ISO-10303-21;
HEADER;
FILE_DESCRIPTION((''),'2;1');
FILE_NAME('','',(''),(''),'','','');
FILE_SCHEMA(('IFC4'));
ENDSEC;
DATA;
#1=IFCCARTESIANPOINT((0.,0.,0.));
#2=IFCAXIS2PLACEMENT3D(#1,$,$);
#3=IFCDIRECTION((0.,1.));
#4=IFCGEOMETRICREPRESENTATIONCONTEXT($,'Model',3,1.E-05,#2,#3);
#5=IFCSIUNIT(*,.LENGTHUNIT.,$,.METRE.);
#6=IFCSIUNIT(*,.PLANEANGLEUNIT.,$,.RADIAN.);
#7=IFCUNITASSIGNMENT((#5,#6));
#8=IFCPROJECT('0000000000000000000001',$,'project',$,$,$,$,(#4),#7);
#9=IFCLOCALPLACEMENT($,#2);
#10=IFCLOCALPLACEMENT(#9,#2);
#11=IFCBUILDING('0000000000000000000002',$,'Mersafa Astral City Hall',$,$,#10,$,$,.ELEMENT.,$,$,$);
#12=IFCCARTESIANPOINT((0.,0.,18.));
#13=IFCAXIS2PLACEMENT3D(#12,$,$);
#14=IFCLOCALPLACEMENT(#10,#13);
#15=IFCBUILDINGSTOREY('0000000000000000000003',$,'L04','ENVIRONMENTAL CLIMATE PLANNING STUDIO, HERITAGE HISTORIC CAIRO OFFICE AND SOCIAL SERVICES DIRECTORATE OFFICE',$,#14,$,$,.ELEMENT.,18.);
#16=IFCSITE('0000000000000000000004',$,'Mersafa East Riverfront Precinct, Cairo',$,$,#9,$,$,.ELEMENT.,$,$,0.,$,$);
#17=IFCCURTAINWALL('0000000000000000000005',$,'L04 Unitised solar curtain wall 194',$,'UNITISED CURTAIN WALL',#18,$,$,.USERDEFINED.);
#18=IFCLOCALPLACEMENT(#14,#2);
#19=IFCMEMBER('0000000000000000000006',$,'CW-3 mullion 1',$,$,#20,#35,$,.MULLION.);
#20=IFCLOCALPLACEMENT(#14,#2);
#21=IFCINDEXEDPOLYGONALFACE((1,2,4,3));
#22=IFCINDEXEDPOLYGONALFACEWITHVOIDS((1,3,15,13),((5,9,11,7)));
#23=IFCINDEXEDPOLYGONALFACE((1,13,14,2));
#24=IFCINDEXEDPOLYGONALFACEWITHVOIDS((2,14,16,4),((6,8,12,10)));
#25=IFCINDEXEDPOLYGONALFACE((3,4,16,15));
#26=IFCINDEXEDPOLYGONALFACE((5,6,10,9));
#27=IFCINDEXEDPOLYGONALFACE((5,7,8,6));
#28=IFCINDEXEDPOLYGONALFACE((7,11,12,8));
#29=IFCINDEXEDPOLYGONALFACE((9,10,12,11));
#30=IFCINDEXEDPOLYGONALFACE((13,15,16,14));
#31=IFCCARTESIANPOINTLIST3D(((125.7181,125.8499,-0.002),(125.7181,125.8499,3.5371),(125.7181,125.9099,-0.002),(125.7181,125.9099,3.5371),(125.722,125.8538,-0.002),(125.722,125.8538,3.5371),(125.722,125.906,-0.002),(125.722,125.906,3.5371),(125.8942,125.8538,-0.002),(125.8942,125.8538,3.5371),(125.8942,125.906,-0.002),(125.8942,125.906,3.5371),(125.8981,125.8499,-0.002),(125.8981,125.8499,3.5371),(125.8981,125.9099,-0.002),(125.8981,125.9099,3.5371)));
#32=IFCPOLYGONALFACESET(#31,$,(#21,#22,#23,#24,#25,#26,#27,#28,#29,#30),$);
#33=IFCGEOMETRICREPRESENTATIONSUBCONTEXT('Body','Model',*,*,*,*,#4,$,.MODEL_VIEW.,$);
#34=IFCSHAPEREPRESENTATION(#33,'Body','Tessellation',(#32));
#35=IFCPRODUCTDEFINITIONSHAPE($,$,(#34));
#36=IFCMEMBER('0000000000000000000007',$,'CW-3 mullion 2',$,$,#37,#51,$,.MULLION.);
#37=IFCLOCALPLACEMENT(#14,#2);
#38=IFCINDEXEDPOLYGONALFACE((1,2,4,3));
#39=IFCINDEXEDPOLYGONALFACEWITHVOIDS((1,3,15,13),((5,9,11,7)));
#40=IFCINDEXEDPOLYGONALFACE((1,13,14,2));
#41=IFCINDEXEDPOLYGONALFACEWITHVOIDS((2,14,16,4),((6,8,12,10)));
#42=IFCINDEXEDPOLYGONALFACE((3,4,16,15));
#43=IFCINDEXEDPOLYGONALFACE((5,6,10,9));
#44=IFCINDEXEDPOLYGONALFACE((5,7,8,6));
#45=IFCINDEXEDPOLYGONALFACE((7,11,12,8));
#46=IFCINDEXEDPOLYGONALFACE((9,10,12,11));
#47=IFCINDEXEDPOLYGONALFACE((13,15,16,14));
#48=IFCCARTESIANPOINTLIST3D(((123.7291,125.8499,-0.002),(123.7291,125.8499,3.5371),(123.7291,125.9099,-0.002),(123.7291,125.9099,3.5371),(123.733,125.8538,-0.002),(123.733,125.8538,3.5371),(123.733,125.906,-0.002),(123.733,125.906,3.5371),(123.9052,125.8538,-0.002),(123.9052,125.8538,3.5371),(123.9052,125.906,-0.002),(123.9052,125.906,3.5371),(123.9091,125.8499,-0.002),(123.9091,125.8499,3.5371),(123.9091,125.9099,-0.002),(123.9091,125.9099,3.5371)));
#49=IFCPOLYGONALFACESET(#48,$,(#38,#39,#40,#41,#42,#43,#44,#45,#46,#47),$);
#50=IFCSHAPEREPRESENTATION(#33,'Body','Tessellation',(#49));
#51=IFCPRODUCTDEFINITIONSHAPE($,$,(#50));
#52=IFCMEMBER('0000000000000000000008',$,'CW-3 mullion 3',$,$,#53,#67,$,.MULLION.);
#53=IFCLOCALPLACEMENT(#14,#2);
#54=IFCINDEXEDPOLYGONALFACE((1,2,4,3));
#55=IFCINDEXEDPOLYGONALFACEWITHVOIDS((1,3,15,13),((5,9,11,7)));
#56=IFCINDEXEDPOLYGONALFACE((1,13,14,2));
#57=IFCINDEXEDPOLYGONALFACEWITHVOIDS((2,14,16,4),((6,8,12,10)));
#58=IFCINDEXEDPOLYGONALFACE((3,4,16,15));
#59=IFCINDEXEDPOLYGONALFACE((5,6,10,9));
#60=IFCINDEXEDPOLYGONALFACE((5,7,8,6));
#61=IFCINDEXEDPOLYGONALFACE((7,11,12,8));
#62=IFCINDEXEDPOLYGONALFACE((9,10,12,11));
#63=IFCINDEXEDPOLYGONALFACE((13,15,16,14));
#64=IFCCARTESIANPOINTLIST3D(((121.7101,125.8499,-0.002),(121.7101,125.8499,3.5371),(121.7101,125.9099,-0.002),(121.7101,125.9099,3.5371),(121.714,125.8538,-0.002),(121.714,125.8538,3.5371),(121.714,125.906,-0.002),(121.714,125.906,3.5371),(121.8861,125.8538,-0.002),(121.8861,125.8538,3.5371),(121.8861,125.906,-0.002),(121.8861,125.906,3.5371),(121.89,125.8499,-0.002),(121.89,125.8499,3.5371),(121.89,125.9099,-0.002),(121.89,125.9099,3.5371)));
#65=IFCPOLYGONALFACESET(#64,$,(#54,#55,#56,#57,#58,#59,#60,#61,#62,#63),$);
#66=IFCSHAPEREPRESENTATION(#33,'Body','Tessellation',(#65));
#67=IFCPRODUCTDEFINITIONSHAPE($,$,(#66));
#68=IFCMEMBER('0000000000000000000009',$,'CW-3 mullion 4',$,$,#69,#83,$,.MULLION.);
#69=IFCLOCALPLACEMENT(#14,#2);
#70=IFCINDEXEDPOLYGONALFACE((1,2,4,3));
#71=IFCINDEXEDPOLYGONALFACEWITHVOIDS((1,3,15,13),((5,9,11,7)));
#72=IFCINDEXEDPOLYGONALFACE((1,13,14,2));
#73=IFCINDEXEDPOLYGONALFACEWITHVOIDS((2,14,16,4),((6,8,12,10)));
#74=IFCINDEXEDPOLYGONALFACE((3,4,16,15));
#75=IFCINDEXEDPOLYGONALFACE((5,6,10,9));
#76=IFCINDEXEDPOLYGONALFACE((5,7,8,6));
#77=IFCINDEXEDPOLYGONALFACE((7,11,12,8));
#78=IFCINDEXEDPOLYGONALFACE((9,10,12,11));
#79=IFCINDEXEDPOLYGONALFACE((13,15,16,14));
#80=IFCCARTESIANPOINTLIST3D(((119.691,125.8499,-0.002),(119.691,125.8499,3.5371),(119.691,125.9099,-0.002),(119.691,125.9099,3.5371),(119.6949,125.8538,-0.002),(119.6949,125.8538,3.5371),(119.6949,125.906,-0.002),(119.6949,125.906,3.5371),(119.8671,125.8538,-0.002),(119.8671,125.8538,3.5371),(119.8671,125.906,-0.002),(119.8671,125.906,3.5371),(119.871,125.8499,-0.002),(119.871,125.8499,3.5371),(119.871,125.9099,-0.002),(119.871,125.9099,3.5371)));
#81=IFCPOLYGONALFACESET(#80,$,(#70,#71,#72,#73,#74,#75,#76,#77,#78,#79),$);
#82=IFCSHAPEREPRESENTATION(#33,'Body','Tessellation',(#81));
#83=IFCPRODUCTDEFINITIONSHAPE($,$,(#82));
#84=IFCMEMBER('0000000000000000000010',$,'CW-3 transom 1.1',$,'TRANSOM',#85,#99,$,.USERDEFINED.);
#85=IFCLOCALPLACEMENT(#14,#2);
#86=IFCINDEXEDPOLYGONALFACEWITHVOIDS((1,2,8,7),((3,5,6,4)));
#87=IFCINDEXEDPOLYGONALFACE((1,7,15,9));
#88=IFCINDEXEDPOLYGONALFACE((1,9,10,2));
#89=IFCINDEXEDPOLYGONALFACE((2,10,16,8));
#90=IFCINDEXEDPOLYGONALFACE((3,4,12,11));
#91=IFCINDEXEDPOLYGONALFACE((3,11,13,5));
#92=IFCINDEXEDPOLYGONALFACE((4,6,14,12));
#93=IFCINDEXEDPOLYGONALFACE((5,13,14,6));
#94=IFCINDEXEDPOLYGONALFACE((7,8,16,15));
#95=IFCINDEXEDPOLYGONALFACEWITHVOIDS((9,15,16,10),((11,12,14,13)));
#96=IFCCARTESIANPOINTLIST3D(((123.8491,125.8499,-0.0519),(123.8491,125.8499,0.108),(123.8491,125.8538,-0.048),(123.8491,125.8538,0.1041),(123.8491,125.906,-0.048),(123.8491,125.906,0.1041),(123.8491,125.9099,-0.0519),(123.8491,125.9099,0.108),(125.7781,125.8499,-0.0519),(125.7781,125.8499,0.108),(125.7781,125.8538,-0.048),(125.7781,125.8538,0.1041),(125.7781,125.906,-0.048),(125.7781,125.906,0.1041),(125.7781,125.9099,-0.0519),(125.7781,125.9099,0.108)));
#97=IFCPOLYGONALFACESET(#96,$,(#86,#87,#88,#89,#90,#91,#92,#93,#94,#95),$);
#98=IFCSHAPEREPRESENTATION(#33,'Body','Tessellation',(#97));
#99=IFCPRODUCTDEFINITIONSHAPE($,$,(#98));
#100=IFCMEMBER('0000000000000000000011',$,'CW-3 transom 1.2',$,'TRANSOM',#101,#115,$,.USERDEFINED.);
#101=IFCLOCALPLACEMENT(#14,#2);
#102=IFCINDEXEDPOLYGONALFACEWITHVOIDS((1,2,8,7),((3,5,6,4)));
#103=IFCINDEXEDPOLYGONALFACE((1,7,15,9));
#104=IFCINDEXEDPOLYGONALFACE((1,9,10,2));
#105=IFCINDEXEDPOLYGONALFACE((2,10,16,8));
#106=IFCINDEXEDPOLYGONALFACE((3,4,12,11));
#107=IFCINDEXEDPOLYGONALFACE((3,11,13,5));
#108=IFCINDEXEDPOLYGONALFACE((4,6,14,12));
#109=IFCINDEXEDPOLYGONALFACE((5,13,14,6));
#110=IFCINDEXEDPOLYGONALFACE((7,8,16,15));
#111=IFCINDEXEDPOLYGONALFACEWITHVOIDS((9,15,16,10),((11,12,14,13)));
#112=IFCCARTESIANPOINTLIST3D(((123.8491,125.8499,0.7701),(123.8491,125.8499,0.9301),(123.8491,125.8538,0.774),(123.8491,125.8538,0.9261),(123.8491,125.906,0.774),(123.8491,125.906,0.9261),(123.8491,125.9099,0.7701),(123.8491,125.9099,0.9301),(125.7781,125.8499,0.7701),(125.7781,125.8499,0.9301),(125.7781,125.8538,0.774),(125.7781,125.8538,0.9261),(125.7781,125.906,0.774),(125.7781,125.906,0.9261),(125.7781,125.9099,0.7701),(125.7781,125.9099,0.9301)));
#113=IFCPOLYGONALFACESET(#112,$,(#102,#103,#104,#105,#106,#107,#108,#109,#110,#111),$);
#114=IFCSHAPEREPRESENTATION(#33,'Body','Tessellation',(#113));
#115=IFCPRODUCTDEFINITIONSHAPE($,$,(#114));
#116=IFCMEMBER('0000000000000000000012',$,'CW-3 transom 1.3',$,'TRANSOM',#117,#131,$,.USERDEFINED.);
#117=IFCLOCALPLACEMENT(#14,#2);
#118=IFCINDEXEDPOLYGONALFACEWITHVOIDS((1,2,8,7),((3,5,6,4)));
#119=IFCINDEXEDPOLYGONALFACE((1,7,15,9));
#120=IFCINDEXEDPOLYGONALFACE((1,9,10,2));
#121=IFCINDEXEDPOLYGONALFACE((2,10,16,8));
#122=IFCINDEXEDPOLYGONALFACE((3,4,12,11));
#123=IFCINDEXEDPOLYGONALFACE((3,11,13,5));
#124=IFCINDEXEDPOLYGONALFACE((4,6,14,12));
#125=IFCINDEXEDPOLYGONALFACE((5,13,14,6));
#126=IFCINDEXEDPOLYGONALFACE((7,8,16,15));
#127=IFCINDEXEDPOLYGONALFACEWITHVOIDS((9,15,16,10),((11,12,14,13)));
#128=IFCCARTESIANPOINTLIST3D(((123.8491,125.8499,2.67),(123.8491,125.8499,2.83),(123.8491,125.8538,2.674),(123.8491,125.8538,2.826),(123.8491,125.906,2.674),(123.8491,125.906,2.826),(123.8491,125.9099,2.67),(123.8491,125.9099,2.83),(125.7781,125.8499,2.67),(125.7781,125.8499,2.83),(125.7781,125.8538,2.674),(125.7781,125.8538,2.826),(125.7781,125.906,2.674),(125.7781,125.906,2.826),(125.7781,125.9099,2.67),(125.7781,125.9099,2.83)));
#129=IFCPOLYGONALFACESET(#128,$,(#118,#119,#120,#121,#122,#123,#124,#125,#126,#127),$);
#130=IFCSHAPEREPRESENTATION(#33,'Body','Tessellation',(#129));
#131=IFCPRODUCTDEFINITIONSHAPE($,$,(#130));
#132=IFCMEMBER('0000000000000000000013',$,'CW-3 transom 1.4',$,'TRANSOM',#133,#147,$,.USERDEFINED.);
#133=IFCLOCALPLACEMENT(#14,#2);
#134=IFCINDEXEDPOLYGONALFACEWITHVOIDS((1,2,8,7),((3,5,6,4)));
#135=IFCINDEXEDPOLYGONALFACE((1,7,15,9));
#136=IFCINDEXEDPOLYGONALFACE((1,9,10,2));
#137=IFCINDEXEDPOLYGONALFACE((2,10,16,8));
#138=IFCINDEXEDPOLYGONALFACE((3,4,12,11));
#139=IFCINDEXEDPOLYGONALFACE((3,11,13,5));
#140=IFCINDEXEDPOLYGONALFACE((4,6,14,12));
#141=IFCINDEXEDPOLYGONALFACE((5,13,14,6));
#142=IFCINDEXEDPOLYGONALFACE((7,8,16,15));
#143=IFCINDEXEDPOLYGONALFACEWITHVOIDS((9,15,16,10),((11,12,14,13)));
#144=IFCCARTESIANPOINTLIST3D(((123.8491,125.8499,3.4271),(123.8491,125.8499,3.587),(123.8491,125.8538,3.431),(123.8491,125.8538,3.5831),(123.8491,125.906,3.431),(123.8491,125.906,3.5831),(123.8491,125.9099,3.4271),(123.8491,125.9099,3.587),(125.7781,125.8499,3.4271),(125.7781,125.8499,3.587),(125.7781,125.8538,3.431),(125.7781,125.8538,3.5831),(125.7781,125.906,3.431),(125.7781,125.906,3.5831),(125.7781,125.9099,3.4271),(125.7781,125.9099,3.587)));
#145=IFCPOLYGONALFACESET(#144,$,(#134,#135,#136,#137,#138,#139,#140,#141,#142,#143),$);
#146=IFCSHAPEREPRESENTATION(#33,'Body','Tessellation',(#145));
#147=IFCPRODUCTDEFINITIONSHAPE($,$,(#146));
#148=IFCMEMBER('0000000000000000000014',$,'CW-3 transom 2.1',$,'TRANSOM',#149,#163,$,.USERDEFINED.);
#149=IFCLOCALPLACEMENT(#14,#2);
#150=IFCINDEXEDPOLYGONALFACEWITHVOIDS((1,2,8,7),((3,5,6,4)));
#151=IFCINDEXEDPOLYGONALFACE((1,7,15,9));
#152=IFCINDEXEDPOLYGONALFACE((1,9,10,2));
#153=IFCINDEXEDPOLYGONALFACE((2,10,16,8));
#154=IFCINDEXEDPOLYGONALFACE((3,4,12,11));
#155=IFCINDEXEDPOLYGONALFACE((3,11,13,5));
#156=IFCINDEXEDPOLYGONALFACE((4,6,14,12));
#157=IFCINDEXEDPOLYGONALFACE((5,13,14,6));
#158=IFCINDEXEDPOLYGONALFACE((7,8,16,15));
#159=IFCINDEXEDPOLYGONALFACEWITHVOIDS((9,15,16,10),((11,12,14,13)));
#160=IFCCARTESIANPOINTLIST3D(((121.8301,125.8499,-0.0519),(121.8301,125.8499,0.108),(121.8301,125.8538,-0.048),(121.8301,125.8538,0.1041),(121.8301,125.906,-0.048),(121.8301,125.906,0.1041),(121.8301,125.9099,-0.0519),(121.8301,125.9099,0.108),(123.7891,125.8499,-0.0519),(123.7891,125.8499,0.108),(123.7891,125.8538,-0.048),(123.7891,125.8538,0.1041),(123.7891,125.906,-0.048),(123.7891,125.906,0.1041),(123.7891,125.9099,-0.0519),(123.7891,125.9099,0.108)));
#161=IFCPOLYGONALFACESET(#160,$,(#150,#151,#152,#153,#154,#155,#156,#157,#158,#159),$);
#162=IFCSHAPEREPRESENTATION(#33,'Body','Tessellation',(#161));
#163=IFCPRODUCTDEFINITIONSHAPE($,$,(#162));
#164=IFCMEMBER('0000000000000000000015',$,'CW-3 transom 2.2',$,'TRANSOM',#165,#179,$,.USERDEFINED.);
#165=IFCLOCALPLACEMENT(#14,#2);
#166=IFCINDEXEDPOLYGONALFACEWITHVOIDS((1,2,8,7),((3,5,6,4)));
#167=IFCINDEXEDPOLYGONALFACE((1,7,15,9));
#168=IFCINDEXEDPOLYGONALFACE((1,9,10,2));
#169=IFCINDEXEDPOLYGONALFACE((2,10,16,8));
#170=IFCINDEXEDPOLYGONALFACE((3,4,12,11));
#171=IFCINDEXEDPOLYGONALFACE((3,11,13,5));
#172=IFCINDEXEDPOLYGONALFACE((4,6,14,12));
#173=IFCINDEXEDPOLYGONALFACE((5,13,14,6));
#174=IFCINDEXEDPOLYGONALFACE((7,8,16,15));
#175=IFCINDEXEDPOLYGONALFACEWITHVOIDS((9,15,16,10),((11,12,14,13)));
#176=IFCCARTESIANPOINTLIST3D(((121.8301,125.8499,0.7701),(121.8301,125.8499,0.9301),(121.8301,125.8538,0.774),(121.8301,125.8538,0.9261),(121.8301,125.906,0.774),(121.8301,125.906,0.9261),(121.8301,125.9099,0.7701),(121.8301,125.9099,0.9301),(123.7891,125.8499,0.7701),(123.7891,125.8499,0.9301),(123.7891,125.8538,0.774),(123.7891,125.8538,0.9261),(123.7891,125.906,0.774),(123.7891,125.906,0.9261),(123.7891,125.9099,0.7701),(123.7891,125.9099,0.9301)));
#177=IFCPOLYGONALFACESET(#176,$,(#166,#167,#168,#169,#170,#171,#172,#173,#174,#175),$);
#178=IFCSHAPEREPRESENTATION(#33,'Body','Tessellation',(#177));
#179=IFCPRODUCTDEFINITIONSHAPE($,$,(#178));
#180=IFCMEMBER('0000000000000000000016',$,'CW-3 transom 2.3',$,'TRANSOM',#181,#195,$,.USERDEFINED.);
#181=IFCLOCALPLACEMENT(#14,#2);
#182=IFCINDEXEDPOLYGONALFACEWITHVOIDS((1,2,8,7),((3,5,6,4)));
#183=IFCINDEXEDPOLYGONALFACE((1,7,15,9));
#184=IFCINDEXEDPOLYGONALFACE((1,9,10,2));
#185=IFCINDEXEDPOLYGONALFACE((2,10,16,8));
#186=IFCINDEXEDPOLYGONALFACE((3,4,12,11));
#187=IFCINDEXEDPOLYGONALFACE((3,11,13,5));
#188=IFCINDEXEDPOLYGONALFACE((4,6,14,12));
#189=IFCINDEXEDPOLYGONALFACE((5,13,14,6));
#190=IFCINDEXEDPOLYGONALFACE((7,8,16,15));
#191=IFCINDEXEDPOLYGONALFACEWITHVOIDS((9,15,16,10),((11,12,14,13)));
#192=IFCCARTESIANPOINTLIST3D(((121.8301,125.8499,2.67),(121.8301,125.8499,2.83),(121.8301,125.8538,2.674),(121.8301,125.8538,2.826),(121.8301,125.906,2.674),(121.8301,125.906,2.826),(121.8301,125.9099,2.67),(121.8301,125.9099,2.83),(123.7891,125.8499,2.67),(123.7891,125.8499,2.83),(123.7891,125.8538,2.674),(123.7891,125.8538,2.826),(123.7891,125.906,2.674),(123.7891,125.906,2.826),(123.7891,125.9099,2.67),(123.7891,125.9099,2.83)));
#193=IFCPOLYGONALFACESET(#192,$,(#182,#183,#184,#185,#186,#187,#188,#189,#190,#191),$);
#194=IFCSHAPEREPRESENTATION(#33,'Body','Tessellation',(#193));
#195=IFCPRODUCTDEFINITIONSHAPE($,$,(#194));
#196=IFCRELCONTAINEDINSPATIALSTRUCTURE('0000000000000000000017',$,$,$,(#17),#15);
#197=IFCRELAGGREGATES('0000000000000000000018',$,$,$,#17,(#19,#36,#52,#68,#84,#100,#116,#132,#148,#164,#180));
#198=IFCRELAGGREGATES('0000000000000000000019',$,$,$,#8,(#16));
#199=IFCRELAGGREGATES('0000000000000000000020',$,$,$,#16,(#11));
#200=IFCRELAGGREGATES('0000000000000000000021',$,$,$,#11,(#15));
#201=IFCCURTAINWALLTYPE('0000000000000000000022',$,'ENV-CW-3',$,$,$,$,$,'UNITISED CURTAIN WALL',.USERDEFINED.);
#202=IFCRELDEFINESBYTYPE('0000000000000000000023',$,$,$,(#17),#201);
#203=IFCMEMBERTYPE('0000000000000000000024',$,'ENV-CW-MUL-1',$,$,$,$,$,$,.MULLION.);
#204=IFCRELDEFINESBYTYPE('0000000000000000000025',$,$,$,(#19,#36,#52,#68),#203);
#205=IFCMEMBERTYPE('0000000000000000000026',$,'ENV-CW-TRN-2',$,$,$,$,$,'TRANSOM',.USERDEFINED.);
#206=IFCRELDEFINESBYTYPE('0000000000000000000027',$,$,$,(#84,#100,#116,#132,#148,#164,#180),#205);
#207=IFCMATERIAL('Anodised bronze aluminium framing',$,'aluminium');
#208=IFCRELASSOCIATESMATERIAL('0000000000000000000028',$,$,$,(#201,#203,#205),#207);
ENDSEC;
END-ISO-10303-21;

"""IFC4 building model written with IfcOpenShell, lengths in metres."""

from ifc_helpers import new_model, si_unit, direction, frame, origin, origin_2d, place, context, subcontext, project, spatial, hollow_rectangle, extrude, material, material_profile, profile_set, type_object, element, aggregate, save


model = new_model("IFC4")

# Units and contexts
model_context = context("Model", 3, precision=1e-05, world=origin(), true_north=direction((0.0, 1.0)))
body_context = subcontext(model_context, "Body", "Model", "MODEL_VIEW")
ifc_project = project(units=[si_unit("LENGTHUNIT", "METRE"), si_unit("PLANEANGLEUNIT", "RADIAN")], contexts=[model_context])

# Site, building, storey
site_placement = place(None, origin())
site = spatial("IfcSite", under=ifc_project, at=site_placement, Name="Mersafa East Riverfront Precinct, Cairo", CompositionType="ELEMENT", RefElevation=0.0)
building_placement = place(site_placement, origin())
building = spatial("IfcBuilding", under=site, at=building_placement, Name="Mersafa Astral City Hall", CompositionType="ELEMENT")
storey_placement = place(building_placement, frame((0.0, 0.0, 18.0)))
storey = spatial("IfcBuildingStorey", under=building, at=storey_placement, Name="L04", Description="ENVIRONMENTAL CLIMATE PLANNING STUDIO, HERITAGE HISTORIC CAIRO OFFICE AND SOCIAL SERVICES DIRECTORATE OFFICE", CompositionType="ELEMENT", Elevation=18.0)

# Curtain wall, members
ifc_material_1 = material(Name="Anodised bronze aluminium framing", Category="aluminium")
curtain_wall_type = type_object("IfcCurtainWallType", Name="ENV-CW-3", ElementType="UNITISED CURTAIN WALL", PredefinedType="USERDEFINED", material=ifc_material_1)
curtain_wall_placement = place(storey_placement, origin())
curtain_wall = element("IfcCurtainWall", 1, at=curtain_wall_placement, inside=storey, type_object=curtain_wall_type, Name="L04 Unitised solar curtain wall 194", ObjectType="UNITISED CURTAIN WALL", PredefinedType="USERDEFINED")
ifc_material_profile_1 = material_profile(ifc_material_1, hollow_rectangle(XDim=0.0601, YDim=0.1799, WallThickness=0.0039, at=origin_2d()), Name="RHS 60x180x4")
ifc_profile_set_1 = profile_set([ifc_material_profile_1], Name="Anodised bronze aluminium framing")
member_type_1 = type_object("IfcMemberType", Name="ENV-CW-MUL-1", PredefinedType="MULLION", material=ifc_profile_set_1)
member_1_placement = place(storey_placement, frame((125.8081, 125.8799, -0.002), z_axis=(0.0, 0.0, 1.0), x_axis=(0.0, -1.0, 0.0)))
member_1 = element("IfcMember", 2, at=member_1_placement, type_object=member_type_1, Name="CW-3 mullion 1", PredefinedType="MULLION", context=body_context, shape_type="SweptSolid", body=[
    extrude(hollow_rectangle(XDim=0.0601, YDim=0.1799, WallThickness=0.0039, at=origin_2d()), origin(), (0.0, 0.0, 1.0), 3.5391),
])
member_2_placement = place(storey_placement, frame((123.8191, 125.8799, -0.002), z_axis=(0.0, 0.0, 1.0), x_axis=(0.0, -1.0, 0.0)))
member_2 = element("IfcMember", 3, at=member_2_placement, type_object=member_type_1, Name="CW-3 mullion 2", PredefinedType="MULLION", context=body_context, shape_type="SweptSolid", body=[
    extrude(hollow_rectangle(XDim=0.0601, YDim=0.1799, WallThickness=0.0039, at=origin_2d()), origin(), (0.0, 0.0, 1.0), 3.5391),
])
member_3_placement = place(storey_placement, frame((121.8, 125.8799, -0.002), z_axis=(0.0, 0.0, 1.0), x_axis=(0.0, -1.0, 0.0)))
member_3 = element("IfcMember", 4, at=member_3_placement, type_object=member_type_1, Name="CW-3 mullion 3", PredefinedType="MULLION", context=body_context, shape_type="SweptSolid", body=[
    extrude(hollow_rectangle(XDim=0.0601, YDim=0.1799, WallThickness=0.0039, at=origin_2d()), origin(), (0.0, 0.0, 1.0), 3.5391),
])
member_4_placement = place(storey_placement, frame((119.781, 125.8799, -0.002), z_axis=(0.0, 0.0, 1.0), x_axis=(0.0, -1.0, 0.0)))
member_4 = element("IfcMember", 5, at=member_4_placement, type_object=member_type_1, Name="CW-3 mullion 4", PredefinedType="MULLION", context=body_context, shape_type="SweptSolid", body=[
    extrude(hollow_rectangle(XDim=0.0601, YDim=0.1799, WallThickness=0.0039, at=origin_2d()), origin(), (0.0, 0.0, 1.0), 3.5391),
])
ifc_material_profile_2 = material_profile(ifc_material_1, hollow_rectangle(XDim=0.0601, YDim=0.1599, WallThickness=0.0039, at=origin_2d()), Name="RHS 60x160x4")
ifc_profile_set_2 = profile_set([ifc_material_profile_2], Name="Anodised bronze aluminium framing")
member_type_2 = type_object("IfcMemberType", Name="ENV-CW-TRN-2", ElementType="TRANSOM", PredefinedType="USERDEFINED", material=ifc_profile_set_2)
member_5_placement = place(storey_placement, frame((125.7781, 125.8799, 0.0281), z_axis=(-1.0, 0.0, 0.0), x_axis=(0.0, -1.0, 0.0)))
member_5 = element("IfcMember", 6, at=member_5_placement, type_object=member_type_2, Name="CW-3 transom 1.1", ObjectType="TRANSOM", PredefinedType="USERDEFINED", context=body_context, shape_type="SweptSolid", body=[
    extrude(hollow_rectangle(XDim=0.0601, YDim=0.1599, WallThickness=0.0039, at=origin_2d()), origin(), (0.0, 0.0, 1.0), 1.929),
])
member_6_placement = place(storey_placement, frame((125.7781, 125.8799, 0.8501), z_axis=(-1.0, 0.0, 0.0), x_axis=(0.0, -1.0, 0.0)))
member_6 = element("IfcMember", 7, at=member_6_placement, type_object=member_type_2, Name="CW-3 transom 1.2", ObjectType="TRANSOM", PredefinedType="USERDEFINED", context=body_context, shape_type="SweptSolid", body=[
    extrude(hollow_rectangle(XDim=0.0601, YDim=0.1599, WallThickness=0.0039, at=origin_2d()), origin(), (0.0, 0.0, 1.0), 1.929),
])
member_7_placement = place(storey_placement, frame((125.7781, 125.8799, 2.75), z_axis=(-1.0, 0.0, 0.0), x_axis=(0.0, -1.0, 0.0)))
member_7 = element("IfcMember", 8, at=member_7_placement, type_object=member_type_2, Name="CW-3 transom 1.3", ObjectType="TRANSOM", PredefinedType="USERDEFINED", context=body_context, shape_type="SweptSolid", body=[
    extrude(hollow_rectangle(XDim=0.0601, YDim=0.1599, WallThickness=0.0039, at=origin_2d()), origin(), (0.0, 0.0, 1.0), 1.929),
])
member_8_placement = place(storey_placement, frame((125.7781, 125.8799, 3.5071), z_axis=(-1.0, 0.0, 0.0), x_axis=(0.0, -1.0, 0.0)))
member_8 = element("IfcMember", 9, at=member_8_placement, type_object=member_type_2, Name="CW-3 transom 1.4", ObjectType="TRANSOM", PredefinedType="USERDEFINED", context=body_context, shape_type="SweptSolid", body=[
    extrude(hollow_rectangle(XDim=0.0601, YDim=0.1599, WallThickness=0.0039, at=origin_2d()), origin(), (0.0, 0.0, 1.0), 1.929),
])
member_9_placement = place(storey_placement, frame((123.7891, 125.8799, 0.0281), z_axis=(-1.0, 0.0, 0.0), x_axis=(0.0, -1.0, 0.0)))
member_9 = element("IfcMember", 10, at=member_9_placement, type_object=member_type_2, Name="CW-3 transom 2.1", ObjectType="TRANSOM", PredefinedType="USERDEFINED", context=body_context, shape_type="SweptSolid", body=[
    extrude(hollow_rectangle(XDim=0.0601, YDim=0.1599, WallThickness=0.0039, at=origin_2d()), origin(), (0.0, 0.0, 1.0), 1.959),
])
member_10_placement = place(storey_placement, frame((123.7891, 125.8799, 0.8501), z_axis=(-1.0, 0.0, 0.0), x_axis=(0.0, -1.0, 0.0)))
member_10 = element("IfcMember", 11, at=member_10_placement, type_object=member_type_2, Name="CW-3 transom 2.2", ObjectType="TRANSOM", PredefinedType="USERDEFINED", context=body_context, shape_type="SweptSolid", body=[
    extrude(hollow_rectangle(XDim=0.0601, YDim=0.1599, WallThickness=0.0039, at=origin_2d()), origin(), (0.0, 0.0, 1.0), 1.959),
])
member_11_placement = place(storey_placement, frame((123.7891, 125.8799, 2.75), z_axis=(-1.0, 0.0, 0.0), x_axis=(0.0, -1.0, 0.0)))
member_11 = element("IfcMember", 12, at=member_11_placement, type_object=member_type_2, Name="CW-3 transom 2.3", ObjectType="TRANSOM", PredefinedType="USERDEFINED", context=body_context, shape_type="SweptSolid", body=[
    extrude(hollow_rectangle(XDim=0.0601, YDim=0.1599, WallThickness=0.0039, at=origin_2d()), origin(), (0.0, 0.0, 1.0), 1.959),
])

aggregate(curtain_wall, [member_1, member_2, member_3, member_4, member_5, member_6, member_7, member_8, member_9, member_10, member_11])

save(model, "model.ifc")
